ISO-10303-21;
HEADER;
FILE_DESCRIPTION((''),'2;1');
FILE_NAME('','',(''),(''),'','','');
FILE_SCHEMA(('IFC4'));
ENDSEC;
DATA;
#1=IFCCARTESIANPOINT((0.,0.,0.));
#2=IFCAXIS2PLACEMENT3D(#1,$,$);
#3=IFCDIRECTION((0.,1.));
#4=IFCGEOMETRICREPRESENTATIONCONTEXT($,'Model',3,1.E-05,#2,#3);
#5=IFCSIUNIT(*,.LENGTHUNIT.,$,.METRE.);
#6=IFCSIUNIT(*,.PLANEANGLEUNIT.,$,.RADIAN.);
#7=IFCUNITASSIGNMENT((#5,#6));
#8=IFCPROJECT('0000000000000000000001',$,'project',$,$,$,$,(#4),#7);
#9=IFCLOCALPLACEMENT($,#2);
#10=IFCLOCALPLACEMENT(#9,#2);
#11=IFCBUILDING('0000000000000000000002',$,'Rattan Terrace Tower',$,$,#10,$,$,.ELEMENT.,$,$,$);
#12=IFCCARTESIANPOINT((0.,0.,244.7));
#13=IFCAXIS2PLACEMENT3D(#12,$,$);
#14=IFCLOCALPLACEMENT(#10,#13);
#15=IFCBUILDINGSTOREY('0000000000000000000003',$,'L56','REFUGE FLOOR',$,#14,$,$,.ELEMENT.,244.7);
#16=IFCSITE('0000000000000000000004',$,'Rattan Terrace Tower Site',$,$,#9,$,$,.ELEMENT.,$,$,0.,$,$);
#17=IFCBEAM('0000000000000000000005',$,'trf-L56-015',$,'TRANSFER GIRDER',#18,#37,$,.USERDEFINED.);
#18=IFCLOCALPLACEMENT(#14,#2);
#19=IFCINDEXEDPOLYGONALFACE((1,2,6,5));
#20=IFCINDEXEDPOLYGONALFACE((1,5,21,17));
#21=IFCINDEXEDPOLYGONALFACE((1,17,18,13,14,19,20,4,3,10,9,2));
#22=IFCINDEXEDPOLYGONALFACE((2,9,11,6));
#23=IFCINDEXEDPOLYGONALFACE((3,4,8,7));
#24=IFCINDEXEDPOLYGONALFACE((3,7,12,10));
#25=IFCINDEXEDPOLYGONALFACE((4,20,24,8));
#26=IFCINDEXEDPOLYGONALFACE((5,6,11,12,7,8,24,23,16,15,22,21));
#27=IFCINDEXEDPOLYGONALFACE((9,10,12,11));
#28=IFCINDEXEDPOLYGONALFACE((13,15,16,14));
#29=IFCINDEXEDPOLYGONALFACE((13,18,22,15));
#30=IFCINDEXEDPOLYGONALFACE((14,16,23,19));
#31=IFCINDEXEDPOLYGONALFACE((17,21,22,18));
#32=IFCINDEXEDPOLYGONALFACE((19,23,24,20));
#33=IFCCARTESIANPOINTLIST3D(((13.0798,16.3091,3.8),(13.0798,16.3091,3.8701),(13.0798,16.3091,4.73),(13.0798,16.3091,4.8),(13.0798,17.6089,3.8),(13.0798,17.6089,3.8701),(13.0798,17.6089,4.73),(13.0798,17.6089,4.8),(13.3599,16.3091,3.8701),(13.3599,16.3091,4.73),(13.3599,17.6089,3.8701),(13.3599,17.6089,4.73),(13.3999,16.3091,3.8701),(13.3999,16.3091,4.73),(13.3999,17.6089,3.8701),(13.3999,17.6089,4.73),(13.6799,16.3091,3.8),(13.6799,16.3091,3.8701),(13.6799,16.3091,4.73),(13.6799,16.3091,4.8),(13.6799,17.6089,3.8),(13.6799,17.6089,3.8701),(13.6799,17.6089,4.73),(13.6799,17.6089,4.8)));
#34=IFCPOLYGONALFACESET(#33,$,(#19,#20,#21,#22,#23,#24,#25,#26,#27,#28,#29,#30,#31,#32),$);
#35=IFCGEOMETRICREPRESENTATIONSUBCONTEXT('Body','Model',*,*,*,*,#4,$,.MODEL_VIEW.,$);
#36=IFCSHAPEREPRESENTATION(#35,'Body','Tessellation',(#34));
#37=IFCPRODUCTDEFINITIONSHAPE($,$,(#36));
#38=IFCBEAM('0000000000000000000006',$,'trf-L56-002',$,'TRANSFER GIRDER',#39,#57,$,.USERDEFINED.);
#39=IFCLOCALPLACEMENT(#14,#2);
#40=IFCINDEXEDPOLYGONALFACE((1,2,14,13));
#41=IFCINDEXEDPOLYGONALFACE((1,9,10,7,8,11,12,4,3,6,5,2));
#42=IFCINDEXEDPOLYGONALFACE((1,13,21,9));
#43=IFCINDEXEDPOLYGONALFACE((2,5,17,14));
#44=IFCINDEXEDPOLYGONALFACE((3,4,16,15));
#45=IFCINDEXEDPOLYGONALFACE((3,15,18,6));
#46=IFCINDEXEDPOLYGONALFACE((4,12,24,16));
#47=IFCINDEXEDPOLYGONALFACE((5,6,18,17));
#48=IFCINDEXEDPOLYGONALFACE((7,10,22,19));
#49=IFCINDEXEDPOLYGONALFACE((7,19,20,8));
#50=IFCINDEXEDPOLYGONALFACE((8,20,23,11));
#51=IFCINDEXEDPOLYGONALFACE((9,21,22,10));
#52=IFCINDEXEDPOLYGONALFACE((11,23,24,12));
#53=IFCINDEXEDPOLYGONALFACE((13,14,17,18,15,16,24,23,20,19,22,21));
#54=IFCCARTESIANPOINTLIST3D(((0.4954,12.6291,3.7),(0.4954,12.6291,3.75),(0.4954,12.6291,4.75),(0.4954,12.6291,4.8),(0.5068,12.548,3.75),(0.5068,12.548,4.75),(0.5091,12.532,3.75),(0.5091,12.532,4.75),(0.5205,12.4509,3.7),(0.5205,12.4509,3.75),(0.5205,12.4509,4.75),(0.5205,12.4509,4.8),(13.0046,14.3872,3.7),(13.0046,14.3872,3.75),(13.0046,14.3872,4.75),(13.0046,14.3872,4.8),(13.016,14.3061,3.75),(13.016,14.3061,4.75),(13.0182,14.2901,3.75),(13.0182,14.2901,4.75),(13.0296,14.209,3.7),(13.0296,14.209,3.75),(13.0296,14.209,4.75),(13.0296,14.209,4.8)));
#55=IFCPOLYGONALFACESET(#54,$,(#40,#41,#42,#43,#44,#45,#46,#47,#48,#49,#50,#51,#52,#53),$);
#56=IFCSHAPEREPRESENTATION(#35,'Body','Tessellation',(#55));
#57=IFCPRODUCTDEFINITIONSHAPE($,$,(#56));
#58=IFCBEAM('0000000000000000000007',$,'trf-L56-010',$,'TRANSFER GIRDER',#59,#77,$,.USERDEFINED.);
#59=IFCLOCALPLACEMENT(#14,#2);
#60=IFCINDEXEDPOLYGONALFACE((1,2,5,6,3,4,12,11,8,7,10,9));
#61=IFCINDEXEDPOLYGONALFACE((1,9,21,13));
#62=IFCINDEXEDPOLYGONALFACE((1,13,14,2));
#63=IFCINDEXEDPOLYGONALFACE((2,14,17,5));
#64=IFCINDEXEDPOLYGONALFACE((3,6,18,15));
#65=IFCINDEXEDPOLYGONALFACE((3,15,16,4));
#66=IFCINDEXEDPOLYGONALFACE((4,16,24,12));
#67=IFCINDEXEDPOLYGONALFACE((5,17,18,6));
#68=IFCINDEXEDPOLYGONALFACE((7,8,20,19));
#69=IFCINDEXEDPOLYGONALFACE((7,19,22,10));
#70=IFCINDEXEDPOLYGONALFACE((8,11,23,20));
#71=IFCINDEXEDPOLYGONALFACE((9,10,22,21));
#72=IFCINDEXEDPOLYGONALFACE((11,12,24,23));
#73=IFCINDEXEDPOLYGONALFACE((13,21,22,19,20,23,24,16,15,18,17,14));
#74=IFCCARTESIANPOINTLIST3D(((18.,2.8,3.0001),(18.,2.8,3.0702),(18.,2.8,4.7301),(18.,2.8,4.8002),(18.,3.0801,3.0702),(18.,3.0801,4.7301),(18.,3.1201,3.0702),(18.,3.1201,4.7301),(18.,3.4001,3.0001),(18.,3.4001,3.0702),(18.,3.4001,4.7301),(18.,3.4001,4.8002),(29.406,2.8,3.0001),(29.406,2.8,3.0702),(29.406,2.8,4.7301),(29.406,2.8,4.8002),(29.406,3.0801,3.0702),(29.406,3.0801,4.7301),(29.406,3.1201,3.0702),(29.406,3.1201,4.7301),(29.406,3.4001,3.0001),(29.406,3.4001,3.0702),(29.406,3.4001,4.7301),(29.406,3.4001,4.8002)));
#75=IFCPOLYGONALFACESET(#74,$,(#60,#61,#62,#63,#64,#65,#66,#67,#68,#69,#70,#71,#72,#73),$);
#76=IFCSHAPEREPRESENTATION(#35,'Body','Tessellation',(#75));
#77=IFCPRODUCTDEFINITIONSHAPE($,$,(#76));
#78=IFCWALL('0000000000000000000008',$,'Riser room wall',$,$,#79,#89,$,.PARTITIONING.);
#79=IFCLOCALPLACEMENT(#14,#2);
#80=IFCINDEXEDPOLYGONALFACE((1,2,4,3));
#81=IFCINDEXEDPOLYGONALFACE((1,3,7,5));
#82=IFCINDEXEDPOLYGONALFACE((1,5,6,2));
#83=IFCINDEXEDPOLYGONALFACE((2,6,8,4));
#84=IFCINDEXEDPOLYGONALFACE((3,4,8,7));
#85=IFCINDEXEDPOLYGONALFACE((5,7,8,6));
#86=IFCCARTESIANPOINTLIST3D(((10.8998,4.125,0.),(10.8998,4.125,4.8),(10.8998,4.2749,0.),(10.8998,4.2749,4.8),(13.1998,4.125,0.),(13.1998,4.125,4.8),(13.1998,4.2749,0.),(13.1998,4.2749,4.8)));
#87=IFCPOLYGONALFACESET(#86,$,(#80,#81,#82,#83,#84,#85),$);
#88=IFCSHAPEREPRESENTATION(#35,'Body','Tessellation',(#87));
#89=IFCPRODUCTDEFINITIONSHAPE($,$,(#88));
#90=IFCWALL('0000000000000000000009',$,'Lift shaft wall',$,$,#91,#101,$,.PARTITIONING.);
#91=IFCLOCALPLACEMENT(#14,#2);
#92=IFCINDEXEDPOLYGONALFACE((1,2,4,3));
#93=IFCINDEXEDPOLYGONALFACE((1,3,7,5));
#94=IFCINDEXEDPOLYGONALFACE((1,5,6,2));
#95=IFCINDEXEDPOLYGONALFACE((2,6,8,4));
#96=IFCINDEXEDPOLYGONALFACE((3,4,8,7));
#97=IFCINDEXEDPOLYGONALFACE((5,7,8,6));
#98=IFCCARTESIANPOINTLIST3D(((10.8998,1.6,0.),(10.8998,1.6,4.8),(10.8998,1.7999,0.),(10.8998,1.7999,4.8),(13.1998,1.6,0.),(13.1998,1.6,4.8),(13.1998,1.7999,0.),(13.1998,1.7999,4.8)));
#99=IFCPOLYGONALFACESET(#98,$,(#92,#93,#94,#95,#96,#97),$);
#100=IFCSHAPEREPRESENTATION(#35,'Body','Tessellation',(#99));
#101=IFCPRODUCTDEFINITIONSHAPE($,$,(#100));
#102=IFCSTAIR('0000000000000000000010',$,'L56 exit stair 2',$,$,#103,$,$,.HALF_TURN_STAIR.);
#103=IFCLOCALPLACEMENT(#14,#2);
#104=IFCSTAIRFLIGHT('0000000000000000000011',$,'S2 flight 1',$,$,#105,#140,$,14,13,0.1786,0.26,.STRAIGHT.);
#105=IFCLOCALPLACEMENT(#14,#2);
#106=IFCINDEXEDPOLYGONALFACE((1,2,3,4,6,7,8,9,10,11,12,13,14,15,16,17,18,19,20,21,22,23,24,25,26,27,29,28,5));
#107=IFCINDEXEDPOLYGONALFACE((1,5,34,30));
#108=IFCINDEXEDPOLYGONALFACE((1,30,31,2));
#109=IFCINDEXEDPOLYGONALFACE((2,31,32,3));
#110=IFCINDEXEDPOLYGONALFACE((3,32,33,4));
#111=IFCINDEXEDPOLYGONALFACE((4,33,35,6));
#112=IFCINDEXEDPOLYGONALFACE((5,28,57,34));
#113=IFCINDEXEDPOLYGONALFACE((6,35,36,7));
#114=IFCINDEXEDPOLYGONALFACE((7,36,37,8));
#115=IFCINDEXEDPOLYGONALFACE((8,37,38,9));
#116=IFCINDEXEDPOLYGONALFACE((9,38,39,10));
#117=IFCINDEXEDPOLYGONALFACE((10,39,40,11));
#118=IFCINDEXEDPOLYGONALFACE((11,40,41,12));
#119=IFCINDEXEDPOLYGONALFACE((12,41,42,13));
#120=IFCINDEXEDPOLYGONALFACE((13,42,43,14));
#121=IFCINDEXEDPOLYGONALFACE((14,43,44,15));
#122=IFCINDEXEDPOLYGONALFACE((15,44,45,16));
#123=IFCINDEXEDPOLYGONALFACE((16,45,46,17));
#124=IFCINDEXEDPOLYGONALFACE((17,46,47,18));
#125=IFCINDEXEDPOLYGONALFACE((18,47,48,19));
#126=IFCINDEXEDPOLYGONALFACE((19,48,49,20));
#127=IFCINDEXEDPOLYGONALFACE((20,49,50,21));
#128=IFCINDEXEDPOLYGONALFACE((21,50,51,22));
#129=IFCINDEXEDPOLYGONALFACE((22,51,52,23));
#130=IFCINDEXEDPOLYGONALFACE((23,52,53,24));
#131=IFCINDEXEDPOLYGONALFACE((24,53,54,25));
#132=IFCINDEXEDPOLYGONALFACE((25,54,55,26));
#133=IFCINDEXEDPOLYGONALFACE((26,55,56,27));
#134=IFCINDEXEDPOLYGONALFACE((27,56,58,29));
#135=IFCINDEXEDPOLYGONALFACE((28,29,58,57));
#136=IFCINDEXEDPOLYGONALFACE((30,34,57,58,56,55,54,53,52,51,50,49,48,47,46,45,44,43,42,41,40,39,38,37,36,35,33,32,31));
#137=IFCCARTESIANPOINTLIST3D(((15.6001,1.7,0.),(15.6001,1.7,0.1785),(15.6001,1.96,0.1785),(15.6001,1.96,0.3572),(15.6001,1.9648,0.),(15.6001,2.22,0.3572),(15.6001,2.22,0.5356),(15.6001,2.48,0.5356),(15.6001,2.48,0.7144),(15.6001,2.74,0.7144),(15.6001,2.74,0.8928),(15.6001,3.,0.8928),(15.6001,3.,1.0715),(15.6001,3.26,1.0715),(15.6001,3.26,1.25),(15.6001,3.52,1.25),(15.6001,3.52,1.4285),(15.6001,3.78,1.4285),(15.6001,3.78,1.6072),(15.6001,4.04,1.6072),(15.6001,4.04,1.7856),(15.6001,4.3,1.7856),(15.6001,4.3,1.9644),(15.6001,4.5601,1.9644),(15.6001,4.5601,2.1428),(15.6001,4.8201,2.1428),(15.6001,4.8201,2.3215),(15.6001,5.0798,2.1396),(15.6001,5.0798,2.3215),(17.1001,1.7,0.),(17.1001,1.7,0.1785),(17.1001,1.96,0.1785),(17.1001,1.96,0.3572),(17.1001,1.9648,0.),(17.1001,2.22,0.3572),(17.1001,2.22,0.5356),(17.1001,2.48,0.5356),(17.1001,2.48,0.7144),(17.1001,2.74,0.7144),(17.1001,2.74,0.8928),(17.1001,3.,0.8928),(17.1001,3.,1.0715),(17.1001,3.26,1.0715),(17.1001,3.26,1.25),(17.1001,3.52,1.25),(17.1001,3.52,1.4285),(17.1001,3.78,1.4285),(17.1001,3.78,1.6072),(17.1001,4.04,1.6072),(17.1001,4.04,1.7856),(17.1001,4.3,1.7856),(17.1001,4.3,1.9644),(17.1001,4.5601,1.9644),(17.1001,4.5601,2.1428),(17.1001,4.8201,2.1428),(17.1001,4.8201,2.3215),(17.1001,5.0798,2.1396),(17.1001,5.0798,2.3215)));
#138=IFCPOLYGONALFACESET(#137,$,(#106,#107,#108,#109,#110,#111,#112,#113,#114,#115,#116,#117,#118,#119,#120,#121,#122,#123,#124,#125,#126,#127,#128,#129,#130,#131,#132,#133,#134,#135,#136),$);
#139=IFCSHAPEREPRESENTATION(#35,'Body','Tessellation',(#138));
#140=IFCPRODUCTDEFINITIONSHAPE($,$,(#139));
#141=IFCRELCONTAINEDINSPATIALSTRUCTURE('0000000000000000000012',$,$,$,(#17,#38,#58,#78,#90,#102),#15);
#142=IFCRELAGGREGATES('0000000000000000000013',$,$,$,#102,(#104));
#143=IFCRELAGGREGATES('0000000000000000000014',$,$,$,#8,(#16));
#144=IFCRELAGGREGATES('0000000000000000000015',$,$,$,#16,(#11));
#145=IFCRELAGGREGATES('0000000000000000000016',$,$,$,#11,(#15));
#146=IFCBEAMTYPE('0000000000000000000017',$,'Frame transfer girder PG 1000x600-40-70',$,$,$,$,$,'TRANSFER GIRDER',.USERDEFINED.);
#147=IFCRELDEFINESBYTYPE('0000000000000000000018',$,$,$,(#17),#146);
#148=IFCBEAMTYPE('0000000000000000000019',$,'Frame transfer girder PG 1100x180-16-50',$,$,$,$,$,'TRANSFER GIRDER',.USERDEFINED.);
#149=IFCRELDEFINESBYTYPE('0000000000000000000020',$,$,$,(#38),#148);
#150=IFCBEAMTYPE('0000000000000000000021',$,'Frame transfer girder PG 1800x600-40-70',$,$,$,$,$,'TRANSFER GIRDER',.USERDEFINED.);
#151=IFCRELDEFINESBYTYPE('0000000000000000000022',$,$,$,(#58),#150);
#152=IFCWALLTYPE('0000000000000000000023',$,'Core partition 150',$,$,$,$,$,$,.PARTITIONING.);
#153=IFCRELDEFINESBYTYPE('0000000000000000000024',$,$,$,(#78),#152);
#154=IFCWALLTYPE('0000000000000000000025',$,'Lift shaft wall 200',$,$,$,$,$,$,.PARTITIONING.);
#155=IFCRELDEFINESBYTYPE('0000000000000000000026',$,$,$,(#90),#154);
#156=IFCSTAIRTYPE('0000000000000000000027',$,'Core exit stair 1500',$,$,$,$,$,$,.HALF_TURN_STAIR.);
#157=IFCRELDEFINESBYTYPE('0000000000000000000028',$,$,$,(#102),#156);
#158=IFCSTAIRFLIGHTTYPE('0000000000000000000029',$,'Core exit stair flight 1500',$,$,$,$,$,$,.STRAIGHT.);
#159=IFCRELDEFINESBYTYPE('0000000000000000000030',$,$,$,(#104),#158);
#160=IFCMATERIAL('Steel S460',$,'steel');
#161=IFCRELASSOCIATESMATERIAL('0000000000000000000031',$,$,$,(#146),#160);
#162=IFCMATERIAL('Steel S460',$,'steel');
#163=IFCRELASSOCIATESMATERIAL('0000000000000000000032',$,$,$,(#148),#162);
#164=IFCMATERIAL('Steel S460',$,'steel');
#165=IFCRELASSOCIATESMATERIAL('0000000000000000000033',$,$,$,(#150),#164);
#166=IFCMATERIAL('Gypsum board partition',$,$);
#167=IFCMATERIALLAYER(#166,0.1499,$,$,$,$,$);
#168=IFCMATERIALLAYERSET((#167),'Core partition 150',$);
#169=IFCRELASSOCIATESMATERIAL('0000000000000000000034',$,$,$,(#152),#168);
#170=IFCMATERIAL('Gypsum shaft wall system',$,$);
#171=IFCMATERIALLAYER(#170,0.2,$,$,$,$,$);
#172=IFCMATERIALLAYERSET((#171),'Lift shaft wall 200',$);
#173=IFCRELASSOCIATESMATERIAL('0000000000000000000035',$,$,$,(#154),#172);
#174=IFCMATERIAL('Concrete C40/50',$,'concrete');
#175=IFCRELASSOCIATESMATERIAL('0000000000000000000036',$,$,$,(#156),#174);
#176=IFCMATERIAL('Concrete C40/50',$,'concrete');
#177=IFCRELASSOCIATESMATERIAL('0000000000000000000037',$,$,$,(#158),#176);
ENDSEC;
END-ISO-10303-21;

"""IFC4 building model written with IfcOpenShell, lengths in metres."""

from ifc_helpers import new_model, si_unit, direction, frame, frame_2d, origin, origin_2d, place, context, subcontext, project, spatial, polyline, rectangle, i_section, outline, extrude, material, layer, layer_set, material_profile, profile_set, type_object, element, aggregate, save


model = new_model("IFC4")

# Units and contexts
model_context = context("Model", 3, precision=1e-05, world=origin(), true_north=direction((0.0, 1.0)))
body_context = subcontext(model_context, "Body", "Model", "MODEL_VIEW")
ifc_project = project(units=[si_unit("LENGTHUNIT", "METRE"), si_unit("PLANEANGLEUNIT", "RADIAN")], contexts=[model_context])

# Site, building, storey
site_placement = place(None, origin())
site = spatial("IfcSite", under=ifc_project, at=site_placement, Name="Rattan Terrace Tower Site", CompositionType="ELEMENT", RefElevation=0.0)
building_placement = place(site_placement, origin())
building = spatial("IfcBuilding", under=site, at=building_placement, Name="Rattan Terrace Tower", CompositionType="ELEMENT")
storey_placement = place(building_placement, frame((0.0, 0.0, 244.7)))
storey = spatial("IfcBuildingStorey", under=building, at=storey_placement, Name="L56", Description="REFUGE FLOOR", CompositionType="ELEMENT", Elevation=244.7)

# Beams
ifc_material_1 = material(Name="Steel S460", Category="steel")
ifc_material_profile_1 = material_profile(ifc_material_1, i_section(OverallWidth=0.6001, OverallDepth=1.0, WebThickness=0.04, FlangeThickness=0.0701, at=origin_2d()), Name="PG 1000x600-40-70")
ifc_profile_set_1 = profile_set([ifc_material_profile_1], Name="Steel S460")
beam_type_1 = type_object("IfcBeamType", Name="Frame transfer girder PG 1000x600-40-70", ElementType="TRANSFER GIRDER", PredefinedType="USERDEFINED", material=ifc_profile_set_1)
beam_1_placement = place(storey_placement, frame((13.3799, 16.3091, 4.3), z_axis=(0.0, 1.0, 0.0), x_axis=(-1.0, 0.0, 0.0)))
element("IfcBeam", 1, at=beam_1_placement, inside=storey, type_object=beam_type_1, Name="trf-L56-015", ObjectType="TRANSFER GIRDER", PredefinedType="USERDEFINED", context=body_context, shape_type="SweptSolid", body=[
    extrude(i_section(OverallWidth=0.6001, OverallDepth=1.0, WebThickness=0.04, FlangeThickness=0.0701, at=origin_2d()), origin(), (0.0, 0.0, 1.0), 1.2998),
])
ifc_material_2 = material(Name="Steel S460", Category="steel")
ifc_material_profile_2 = material_profile(ifc_material_2, i_section(OverallWidth=0.1799, OverallDepth=1.1001, WebThickness=0.0161, FlangeThickness=0.05, at=origin_2d()), Name="PG 1100x180-16-50")
ifc_profile_set_2 = profile_set([ifc_material_profile_2], Name="Steel S460")
beam_type_2 = type_object("IfcBeamType", Name="Frame transfer girder PG 1100x180-16-50", ElementType="TRANSFER GIRDER", PredefinedType="USERDEFINED", material=ifc_profile_set_2)
beam_2_placement = place(storey_placement, frame((13.0171, 14.2981, 4.25), z_axis=(-0.990268, -0.139175, 0.0), x_axis=(0.139175, -0.990268, 0.0)))
element("IfcBeam", 2, at=beam_2_placement, inside=storey, type_object=beam_type_2, Name="trf-L56-002", ObjectType="TRANSFER GIRDER", PredefinedType="USERDEFINED", context=body_context, shape_type="SweptSolid", body=[
    extrude(i_section(OverallWidth=0.1799, OverallDepth=1.1001, WebThickness=0.0161, FlangeThickness=0.05, at=origin_2d()), origin(), (0.0, 0.0, 1.0), 12.6321),
])
ifc_material_3 = material(Name="Steel S460", Category="steel")
ifc_material_profile_3 = material_profile(ifc_material_3, i_section(OverallWidth=0.6001, OverallDepth=1.8, WebThickness=0.04, FlangeThickness=0.0701, at=origin_2d()), Name="PG 1800x600-40-70")
ifc_profile_set_3 = profile_set([ifc_material_profile_3], Name="Steel S460")
beam_type_3 = type_object("IfcBeamType", Name="Frame transfer girder PG 1800x600-40-70", ElementType="TRANSFER GIRDER", PredefinedType="USERDEFINED", material=ifc_profile_set_3)
beam_3_placement = place(storey_placement, frame((18.0, 3.1001, 3.9001), z_axis=(1.0, 0.0, 0.0), x_axis=(0.0, 1.0, 0.0)))
element("IfcBeam", 3, at=beam_3_placement, inside=storey, type_object=beam_type_3, Name="trf-L56-010", ObjectType="TRANSFER GIRDER", PredefinedType="USERDEFINED", context=body_context, shape_type="SweptSolid", body=[
    extrude(i_section(OverallWidth=0.6001, OverallDepth=1.8, WebThickness=0.04, FlangeThickness=0.0701, at=origin_2d()), origin(), (0.0, 0.0, 1.0), 11.406),
])

# Walls
ifc_material_4 = material(Name="Gypsum board partition")
ifc_layer_1 = layer(ifc_material_4, 0.1499)
ifc_layer_set_1 = layer_set([ifc_layer_1], Name="Core partition 150")
wall_type_1 = type_object("IfcWallType", Name="Core partition 150", PredefinedType="PARTITIONING", material=ifc_layer_set_1)
wall_1_placement = place(storey_placement, frame((10.8999, 4.2, 0.0), z_axis=(0.0, 0.0, 1.0), x_axis=(1.0, 0.0, 0.0)))
element("IfcWall", 4, at=wall_1_placement, inside=storey, type_object=wall_type_1, Name="Riser room wall", PredefinedType="PARTITIONING", context=body_context, shape_type="SweptSolid", body=[
    extrude(rectangle(XDim=2.3, YDim=0.1499, at=frame_2d((1.1499, 0.0))), origin(), (0.0, 0.0, 1.0), 4.8),
])
ifc_material_5 = material(Name="Gypsum shaft wall system")
ifc_layer_2 = layer(ifc_material_5, 0.2)
ifc_layer_set_2 = layer_set([ifc_layer_2], Name="Lift shaft wall 200")
wall_type_2 = type_object("IfcWallType", Name="Lift shaft wall 200", PredefinedType="PARTITIONING", material=ifc_layer_set_2)
wall_2_placement = place(storey_placement, frame((10.8999, 1.7, 0.0), z_axis=(0.0, 0.0, 1.0), x_axis=(1.0, 0.0, 0.0)))
element("IfcWall", 5, at=wall_2_placement, inside=storey, type_object=wall_type_2, Name="Lift shaft wall", PredefinedType="PARTITIONING", context=body_context, shape_type="SweptSolid", body=[
    extrude(rectangle(XDim=2.3, YDim=0.2, at=frame_2d((1.1499, 0.0))), origin(), (0.0, 0.0, 1.0), 4.8),
])

# Stair, stair flight
ifc_material_6 = material(Name="Concrete C40/50", Category="concrete")
stair_type = type_object("IfcStairType", Name="Core exit stair 1500", PredefinedType="HALF_TURN_STAIR", material=ifc_material_6)
stair_placement = place(storey_placement, origin())
stair = element("IfcStair", 6, at=stair_placement, inside=storey, type_object=stair_type, Name="L56 exit stair 2", PredefinedType="HALF_TURN_STAIR")
ifc_material_7 = material(Name="Concrete C40/50", Category="concrete")
stair_flight_type = type_object("IfcStairFlightType", Name="Core exit stair flight 1500", PredefinedType="STRAIGHT", material=ifc_material_7)
stair_flight_1_placement = place(storey_placement, frame((16.3501, 1.7, 0.0), z_axis=(0.0, 0.0, 1.0), x_axis=(0.0, 1.0, 0.0)))
stair_flight_1 = element("IfcStairFlight", 7, at=stair_flight_1_placement, type_object=stair_flight_type, Name="S2 flight 1", NumberOfRisers=14, NumberOfTreads=13, PredefinedType="STRAIGHT", RiserHeight=0.1786, TreadLength=0.26, context=body_context, shape_type="SweptSolid", body=[
    extrude(outline(polyline([(0.0, 0.0), (0.0, 0.1785), (0.26, 0.1785), (0.26, 0.3572), (0.52, 0.3572), (0.52, 0.5356), (0.78, 0.5356), (0.78, 0.7144), (1.04, 0.7144), (1.04, 0.8928), (1.3, 0.8928), (1.3, 1.0715), (1.5601, 1.0715), (1.5601, 1.25), (1.8201, 1.25), (1.8201, 1.4285), (2.0801, 1.4285), (2.0801, 1.6072), (2.3401, 1.6072), (2.3401, 1.7856), (2.6001, 1.7856), (2.6001, 1.9644), (2.8601, 1.9644), (2.8601, 2.1428), (3.1201, 2.1428), (3.1201, 2.3215), (3.3799, 2.3215), (3.3799, 2.5), (3.3799, 2.1396), (0.2649, 0.0), (0.0, 0.0)])), frame((0.0, 0.75, 0.0), z_axis=(0.0, -1.0, 0.0), x_axis=(1.0, 0.0, 0.0)), (0.0, 0.0, 1.0), 1.5),
])
aggregate(stair, [stair_flight_1])

save(model, "model.ifc")
